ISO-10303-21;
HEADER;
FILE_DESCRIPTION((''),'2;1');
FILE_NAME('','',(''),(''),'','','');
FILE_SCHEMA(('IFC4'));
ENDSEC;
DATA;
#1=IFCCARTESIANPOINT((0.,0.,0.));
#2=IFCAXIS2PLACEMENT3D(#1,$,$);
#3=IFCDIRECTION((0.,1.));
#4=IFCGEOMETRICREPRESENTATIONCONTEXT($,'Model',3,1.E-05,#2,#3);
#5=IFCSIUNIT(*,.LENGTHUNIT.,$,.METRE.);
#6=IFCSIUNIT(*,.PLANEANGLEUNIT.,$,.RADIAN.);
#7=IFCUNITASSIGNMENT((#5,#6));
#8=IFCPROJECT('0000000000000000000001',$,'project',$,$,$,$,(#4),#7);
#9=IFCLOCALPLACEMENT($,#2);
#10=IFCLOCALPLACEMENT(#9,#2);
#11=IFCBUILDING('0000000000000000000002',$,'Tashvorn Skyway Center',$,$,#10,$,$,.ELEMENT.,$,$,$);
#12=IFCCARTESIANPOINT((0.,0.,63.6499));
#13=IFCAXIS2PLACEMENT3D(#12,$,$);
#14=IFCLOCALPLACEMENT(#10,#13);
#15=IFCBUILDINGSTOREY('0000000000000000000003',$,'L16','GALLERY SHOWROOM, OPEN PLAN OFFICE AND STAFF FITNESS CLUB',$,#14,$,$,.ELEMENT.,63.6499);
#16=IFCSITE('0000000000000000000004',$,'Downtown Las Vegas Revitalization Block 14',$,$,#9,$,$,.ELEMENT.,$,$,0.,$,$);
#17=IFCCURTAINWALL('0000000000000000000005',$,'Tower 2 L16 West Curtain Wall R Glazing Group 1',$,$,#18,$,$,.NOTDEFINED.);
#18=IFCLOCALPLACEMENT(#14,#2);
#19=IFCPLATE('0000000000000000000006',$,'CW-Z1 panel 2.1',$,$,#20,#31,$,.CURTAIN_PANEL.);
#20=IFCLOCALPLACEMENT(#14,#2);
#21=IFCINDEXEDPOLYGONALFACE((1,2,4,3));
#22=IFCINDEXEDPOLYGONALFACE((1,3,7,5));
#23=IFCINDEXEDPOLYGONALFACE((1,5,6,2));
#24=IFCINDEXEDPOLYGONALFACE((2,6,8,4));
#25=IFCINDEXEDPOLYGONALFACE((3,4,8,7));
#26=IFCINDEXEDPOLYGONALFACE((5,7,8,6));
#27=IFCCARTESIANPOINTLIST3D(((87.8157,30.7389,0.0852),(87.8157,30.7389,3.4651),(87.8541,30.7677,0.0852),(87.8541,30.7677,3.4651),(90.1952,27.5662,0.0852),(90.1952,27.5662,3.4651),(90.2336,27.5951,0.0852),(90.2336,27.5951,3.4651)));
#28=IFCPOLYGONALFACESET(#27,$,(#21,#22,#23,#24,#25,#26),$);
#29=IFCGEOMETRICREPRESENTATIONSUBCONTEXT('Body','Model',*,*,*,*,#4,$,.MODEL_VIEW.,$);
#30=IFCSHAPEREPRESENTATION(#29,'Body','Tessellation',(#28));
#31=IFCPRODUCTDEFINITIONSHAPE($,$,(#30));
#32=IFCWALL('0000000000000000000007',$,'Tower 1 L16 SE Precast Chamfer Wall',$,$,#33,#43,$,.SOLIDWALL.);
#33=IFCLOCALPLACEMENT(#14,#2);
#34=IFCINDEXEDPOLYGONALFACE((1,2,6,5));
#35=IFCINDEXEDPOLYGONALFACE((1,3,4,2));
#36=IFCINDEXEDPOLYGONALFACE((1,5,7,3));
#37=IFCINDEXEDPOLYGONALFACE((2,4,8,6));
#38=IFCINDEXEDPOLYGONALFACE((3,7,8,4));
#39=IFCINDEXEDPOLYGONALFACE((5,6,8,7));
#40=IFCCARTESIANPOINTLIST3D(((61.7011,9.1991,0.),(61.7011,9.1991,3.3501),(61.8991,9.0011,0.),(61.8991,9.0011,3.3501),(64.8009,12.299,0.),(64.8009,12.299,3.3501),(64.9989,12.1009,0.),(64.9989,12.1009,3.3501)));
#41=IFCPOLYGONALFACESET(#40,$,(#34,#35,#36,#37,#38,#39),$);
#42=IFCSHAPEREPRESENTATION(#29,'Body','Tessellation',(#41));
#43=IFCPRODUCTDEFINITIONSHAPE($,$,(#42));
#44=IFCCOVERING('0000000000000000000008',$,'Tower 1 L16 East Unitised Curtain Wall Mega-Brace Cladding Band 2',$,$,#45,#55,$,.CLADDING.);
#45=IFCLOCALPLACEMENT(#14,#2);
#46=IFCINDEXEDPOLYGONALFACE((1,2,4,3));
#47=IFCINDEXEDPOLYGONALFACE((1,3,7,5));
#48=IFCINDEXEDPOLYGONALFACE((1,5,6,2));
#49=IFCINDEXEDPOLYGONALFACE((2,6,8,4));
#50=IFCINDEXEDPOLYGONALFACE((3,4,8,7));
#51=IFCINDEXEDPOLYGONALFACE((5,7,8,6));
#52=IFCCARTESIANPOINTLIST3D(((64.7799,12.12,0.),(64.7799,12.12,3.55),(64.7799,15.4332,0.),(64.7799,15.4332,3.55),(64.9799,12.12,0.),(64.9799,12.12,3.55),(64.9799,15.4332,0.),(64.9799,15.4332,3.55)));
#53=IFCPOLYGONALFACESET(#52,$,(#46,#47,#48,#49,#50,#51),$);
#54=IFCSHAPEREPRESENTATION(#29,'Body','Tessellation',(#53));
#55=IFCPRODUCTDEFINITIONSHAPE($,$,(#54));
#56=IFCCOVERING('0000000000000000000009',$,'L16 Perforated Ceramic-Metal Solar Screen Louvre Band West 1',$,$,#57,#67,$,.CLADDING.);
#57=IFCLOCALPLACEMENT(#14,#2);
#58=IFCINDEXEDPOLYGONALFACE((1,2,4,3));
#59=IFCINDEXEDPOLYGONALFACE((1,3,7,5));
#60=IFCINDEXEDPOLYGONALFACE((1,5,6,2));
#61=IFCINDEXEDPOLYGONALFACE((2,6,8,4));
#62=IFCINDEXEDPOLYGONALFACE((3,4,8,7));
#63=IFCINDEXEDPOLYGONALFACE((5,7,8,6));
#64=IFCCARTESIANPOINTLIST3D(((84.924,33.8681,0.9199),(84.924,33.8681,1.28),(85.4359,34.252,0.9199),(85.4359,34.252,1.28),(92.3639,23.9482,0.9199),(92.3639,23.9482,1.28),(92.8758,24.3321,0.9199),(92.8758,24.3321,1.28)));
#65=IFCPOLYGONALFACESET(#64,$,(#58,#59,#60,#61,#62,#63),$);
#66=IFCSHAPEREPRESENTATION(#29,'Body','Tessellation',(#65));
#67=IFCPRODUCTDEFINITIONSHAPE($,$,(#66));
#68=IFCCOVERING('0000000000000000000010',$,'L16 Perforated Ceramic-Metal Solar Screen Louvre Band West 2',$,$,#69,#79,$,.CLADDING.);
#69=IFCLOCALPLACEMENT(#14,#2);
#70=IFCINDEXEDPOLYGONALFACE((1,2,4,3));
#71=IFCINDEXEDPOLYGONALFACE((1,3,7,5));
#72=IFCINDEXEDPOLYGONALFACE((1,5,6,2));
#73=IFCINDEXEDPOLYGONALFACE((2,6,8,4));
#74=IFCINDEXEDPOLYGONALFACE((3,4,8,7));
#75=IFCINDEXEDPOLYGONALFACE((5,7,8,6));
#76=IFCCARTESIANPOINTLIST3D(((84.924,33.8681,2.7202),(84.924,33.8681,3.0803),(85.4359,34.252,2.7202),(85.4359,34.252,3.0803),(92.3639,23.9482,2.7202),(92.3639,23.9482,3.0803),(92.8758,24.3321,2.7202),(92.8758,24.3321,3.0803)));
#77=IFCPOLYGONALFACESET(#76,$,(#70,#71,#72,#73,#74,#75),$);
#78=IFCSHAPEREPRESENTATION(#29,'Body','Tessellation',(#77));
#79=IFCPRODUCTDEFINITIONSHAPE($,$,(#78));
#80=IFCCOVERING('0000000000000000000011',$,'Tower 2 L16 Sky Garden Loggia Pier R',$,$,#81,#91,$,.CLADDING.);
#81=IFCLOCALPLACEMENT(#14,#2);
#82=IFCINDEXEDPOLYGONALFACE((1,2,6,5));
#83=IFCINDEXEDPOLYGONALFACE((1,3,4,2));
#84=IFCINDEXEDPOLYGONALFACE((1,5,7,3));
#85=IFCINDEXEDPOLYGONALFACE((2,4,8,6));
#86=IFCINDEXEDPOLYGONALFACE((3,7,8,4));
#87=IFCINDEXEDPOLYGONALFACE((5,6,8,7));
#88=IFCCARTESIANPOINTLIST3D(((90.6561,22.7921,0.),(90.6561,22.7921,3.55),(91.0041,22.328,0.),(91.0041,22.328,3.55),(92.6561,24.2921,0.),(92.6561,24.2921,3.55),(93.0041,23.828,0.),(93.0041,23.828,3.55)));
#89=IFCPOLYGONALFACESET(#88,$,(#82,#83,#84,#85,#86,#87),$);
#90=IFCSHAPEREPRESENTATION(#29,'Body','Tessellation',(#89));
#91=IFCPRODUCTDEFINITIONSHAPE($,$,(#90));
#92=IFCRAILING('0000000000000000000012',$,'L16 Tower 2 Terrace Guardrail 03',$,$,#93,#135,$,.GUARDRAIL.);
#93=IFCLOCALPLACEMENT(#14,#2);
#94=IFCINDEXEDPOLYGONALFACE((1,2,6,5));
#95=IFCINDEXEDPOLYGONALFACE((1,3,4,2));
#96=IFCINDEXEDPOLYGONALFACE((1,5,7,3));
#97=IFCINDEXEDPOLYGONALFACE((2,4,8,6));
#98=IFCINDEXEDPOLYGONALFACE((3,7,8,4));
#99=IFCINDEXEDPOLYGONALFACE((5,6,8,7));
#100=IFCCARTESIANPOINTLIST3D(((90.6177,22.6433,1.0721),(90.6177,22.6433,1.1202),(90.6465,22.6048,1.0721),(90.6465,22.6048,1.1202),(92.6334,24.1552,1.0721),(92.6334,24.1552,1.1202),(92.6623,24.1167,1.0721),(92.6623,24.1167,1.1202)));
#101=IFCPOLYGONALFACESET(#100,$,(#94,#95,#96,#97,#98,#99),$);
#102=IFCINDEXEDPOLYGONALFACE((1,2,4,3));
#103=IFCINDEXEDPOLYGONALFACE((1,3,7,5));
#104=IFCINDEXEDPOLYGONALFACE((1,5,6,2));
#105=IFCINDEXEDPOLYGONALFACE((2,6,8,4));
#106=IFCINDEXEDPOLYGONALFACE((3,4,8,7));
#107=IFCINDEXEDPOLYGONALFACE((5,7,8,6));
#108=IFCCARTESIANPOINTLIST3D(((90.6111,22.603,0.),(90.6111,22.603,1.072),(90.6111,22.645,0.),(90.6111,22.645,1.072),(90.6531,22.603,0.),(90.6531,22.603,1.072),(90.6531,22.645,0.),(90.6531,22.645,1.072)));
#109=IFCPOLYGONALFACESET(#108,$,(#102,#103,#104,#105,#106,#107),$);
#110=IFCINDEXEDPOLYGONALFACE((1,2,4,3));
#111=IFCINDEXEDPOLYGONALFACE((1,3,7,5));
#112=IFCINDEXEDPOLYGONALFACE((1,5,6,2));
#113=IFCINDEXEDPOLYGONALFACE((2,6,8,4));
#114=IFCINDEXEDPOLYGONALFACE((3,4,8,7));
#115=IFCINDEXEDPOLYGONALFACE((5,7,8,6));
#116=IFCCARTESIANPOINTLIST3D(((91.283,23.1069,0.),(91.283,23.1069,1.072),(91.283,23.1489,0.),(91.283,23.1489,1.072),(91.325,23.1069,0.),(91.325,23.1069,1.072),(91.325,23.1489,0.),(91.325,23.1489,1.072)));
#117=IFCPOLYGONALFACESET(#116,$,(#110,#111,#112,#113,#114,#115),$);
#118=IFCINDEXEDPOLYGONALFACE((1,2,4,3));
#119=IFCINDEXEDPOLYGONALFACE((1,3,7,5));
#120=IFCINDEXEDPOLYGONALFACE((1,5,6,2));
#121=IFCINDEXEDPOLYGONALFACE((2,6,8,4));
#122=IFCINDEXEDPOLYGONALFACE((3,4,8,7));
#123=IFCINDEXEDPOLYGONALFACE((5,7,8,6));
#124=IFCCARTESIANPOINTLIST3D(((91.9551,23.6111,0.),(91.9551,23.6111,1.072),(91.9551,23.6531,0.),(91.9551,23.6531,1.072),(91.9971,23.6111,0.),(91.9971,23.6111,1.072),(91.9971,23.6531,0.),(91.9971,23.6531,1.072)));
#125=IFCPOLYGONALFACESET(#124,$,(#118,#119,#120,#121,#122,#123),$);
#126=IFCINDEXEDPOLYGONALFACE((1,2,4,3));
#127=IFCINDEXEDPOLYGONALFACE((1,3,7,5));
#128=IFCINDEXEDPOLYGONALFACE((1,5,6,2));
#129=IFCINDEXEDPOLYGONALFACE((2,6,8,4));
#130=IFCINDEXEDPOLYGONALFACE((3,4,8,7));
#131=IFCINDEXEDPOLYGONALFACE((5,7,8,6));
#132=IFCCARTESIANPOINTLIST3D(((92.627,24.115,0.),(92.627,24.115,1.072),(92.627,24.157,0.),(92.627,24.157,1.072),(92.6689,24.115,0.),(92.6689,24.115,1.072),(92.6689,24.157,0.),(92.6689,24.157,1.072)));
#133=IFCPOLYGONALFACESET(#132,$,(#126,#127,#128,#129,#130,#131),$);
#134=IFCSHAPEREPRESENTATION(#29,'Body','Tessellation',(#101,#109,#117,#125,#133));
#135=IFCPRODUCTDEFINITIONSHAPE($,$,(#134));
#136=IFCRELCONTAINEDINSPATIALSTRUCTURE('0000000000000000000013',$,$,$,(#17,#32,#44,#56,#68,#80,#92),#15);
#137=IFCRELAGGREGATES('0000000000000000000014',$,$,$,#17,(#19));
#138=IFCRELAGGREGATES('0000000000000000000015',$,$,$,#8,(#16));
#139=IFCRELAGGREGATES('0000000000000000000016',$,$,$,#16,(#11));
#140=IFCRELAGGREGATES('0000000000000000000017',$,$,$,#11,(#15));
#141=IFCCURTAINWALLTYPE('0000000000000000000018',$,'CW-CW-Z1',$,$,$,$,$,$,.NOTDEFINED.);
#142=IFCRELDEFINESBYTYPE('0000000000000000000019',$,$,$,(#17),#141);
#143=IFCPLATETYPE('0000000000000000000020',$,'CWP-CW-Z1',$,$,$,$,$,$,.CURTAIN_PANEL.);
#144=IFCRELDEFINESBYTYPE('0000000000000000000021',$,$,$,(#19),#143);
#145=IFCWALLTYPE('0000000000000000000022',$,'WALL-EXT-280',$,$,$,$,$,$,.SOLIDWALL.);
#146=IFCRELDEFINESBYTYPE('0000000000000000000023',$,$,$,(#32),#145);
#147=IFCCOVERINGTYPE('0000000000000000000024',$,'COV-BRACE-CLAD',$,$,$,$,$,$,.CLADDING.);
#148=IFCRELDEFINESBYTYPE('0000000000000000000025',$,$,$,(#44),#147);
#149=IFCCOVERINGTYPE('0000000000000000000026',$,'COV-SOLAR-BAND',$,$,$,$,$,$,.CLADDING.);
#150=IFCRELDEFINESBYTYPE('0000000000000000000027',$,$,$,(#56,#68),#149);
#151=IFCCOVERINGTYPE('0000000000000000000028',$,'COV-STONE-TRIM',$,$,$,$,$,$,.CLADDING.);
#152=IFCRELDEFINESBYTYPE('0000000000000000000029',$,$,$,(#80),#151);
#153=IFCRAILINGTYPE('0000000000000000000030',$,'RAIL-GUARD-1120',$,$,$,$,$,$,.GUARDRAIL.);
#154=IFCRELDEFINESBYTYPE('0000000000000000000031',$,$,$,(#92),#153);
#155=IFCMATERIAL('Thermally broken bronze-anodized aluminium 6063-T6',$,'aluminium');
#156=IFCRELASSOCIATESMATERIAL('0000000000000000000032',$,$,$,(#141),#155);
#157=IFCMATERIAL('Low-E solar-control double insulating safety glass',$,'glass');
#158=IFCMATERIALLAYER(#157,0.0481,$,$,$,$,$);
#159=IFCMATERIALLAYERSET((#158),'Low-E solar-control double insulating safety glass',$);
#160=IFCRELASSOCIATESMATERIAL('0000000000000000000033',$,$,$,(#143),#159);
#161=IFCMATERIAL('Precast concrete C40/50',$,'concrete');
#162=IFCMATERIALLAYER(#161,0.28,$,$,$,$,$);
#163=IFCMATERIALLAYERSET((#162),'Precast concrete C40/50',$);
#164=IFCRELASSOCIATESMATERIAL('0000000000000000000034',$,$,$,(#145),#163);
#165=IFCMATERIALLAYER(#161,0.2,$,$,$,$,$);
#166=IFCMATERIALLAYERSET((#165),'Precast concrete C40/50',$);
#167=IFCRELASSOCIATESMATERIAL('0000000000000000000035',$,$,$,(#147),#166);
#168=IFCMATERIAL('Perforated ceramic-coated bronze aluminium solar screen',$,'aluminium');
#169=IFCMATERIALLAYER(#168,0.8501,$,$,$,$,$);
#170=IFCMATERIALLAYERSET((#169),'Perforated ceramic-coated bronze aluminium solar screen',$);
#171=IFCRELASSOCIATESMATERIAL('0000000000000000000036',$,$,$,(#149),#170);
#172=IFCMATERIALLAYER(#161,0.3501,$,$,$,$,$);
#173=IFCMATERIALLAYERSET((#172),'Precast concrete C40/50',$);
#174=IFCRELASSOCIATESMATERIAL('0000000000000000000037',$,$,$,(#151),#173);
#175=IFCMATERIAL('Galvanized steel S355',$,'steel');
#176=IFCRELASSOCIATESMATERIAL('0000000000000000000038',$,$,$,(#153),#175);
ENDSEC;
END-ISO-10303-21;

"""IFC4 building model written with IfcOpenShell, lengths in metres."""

from ifc_helpers import new_model, si_unit, direction, frame, frame_2d, origin, origin_2d, place, context, subcontext, project, spatial, rectangle, extrude, material, layer, layer_set, type_object, element, aggregate, save


model = new_model("IFC4")

# Units and contexts
model_context = context("Model", 3, precision=1e-05, world=origin(), true_north=direction((0.0, 1.0)))
body_context = subcontext(model_context, "Body", "Model", "MODEL_VIEW")
ifc_project = project(units=[si_unit("LENGTHUNIT", "METRE"), si_unit("PLANEANGLEUNIT", "RADIAN")], contexts=[model_context])

# Site, building, storey
site_placement = place(None, origin())
site = spatial("IfcSite", under=ifc_project, at=site_placement, Name="Downtown Las Vegas Revitalization Block 14", CompositionType="ELEMENT", RefElevation=0.0)
building_placement = place(site_placement, origin())
building = spatial("IfcBuilding", under=site, at=building_placement, Name="Tashvorn Skyway Center", CompositionType="ELEMENT")
storey_placement = place(building_placement, frame((0.0, 0.0, 63.6499)))
storey = spatial("IfcBuildingStorey", under=building, at=storey_placement, Name="L16", Description="GALLERY SHOWROOM, OPEN PLAN OFFICE AND STAFF FITNESS CLUB", CompositionType="ELEMENT", Elevation=63.6499)

# Curtain wall
ifc_material_1 = material(Name="Thermally broken bronze-anodized aluminium 6063-T6", Category="aluminium")
curtain_wall_type = type_object("IfcCurtainWallType", Name="CW-CW-Z1", PredefinedType="NOTDEFINED", material=ifc_material_1)
curtain_wall_1_placement = place(storey_placement, origin())
curtain_wall_1 = element("IfcCurtainWall", 1, at=curtain_wall_1_placement, inside=storey, type_object=curtain_wall_type, Name="Tower 2 L16 West Curtain Wall R Glazing Group 1", PredefinedType="NOTDEFINED")

# Plate
ifc_material_2 = material(Name="Low-E solar-control double insulating safety glass", Category="glass")
ifc_layer_1 = layer(ifc_material_2, 0.0481)
ifc_layer_set_1 = layer_set([ifc_layer_1], Name="Low-E solar-control double insulating safety glass")
plate_type = type_object("IfcPlateType", Name="CWP-CW-Z1", PredefinedType="CURTAIN_PANEL", material=ifc_layer_set_1)
plate_1_placement = place(storey_placement, frame((89.0247, 29.167, 0.0852), z_axis=(0.0, 0.0, 1.0), x_axis=(-0.600002, 0.799999, 0.0)))
plate_1 = element("IfcPlate", 2, at=plate_1_placement, type_object=plate_type, Name="CW-Z1 panel 2.1", PredefinedType="CURTAIN_PANEL", context=body_context, shape_type="SweptSolid", body=[
    extrude(rectangle(XDim=3.9658, YDim=0.0481, at=origin_2d()), origin(), (0.0, 0.0, 1.0), 3.3799),
])
aggregate(curtain_wall_1, [plate_1])

# Wall
ifc_material_3 = material(Name="Precast concrete C40/50", Category="concrete")
ifc_layer_2 = layer(ifc_material_3, 0.28)
ifc_layer_set_2 = layer_set([ifc_layer_2], Name="Precast concrete C40/50")
wall_type = type_object("IfcWallType", Name="WALL-EXT-280", PredefinedType="SOLIDWALL", material=ifc_layer_set_2)
wall_placement = place(storey_placement, frame((64.8999, 12.2, 0.0), z_axis=(0.0, 0.0, 1.0), x_axis=(-0.707107, -0.707107, 0.0)))
element("IfcWall", 3, at=wall_placement, inside=storey, type_object=wall_type, Name="Tower 1 L16 SE Precast Chamfer Wall", PredefinedType="SOLIDWALL", context=body_context, shape_type="SweptSolid", body=[
    extrude(rectangle(XDim=4.3838, YDim=0.28, at=frame_2d((2.1919, 0.0))), origin(), (0.0, 0.0, 1.0), 3.3501),
])

# Coverings
ifc_layer_3 = layer(ifc_material_3, 0.2)
ifc_layer_set_3 = layer_set([ifc_layer_3], Name="Precast concrete C40/50")
covering_type_1 = type_object("IfcCoveringType", Name="COV-BRACE-CLAD", PredefinedType="CLADDING", material=ifc_layer_set_3)
covering_1_placement = place(storey_placement, frame((64.8799, 13.7766, 0.0), z_axis=(0.0, 0.0, 1.0), x_axis=(0.0, -1.0, 0.0)))
element("IfcCovering", 4, at=covering_1_placement, inside=storey, type_object=covering_type_1, Name="Tower 1 L16 East Unitised Curtain Wall Mega-Brace Cladding Band 2", PredefinedType="CLADDING", context=body_context, shape_type="SweptSolid", body=[
    extrude(rectangle(XDim=3.3132, YDim=0.2, at=origin_2d()), origin(), (0.0, 0.0, 1.0), 3.55),
])
ifc_material_4 = material(Name="Perforated ceramic-coated bronze aluminium solar screen", Category="aluminium")
ifc_layer_4 = layer(ifc_material_4, 0.8501)
ifc_layer_set_4 = layer_set([ifc_layer_4], Name="Perforated ceramic-coated bronze aluminium solar screen")
covering_type_2 = type_object("IfcCoveringType", Name="COV-SOLAR-BAND", PredefinedType="CLADDING", material=ifc_layer_set_4)
for number, where, z_axis, x_axis, name in (
    (5, (88.8999, 29.1001, 0.9199), (0.0, 0.0, 1.0), (-0.6, 0.8, 0.0), "L16 Perforated Ceramic-Metal Solar Screen Louvre Band West 1"),
    (6, (88.8999, 29.1001, 2.7202), (0.0, 0.0, 1.0), (-0.6, 0.8, 0.0), "L16 Perforated Ceramic-Metal Solar Screen Louvre Band West 2"),
):
    element("IfcCovering", number, at=place(storey_placement, frame(where, z_axis=z_axis, x_axis=x_axis)), inside=storey, type_object=covering_type_2, Name=name, PredefinedType="CLADDING", context=body_context, shape_type="SweptSolid", body=[
        extrude(rectangle(XDim=12.3999, YDim=0.6399, at=origin_2d()), origin(), (0.0, 0.0, 1.0), 0.3601),
    ])
ifc_layer_5 = layer(ifc_material_3, 0.3501)
ifc_layer_set_5 = layer_set([ifc_layer_5], Name="Precast concrete C40/50")
covering_type_3 = type_object("IfcCoveringType", Name="COV-STONE-TRIM", PredefinedType="CLADDING", material=ifc_layer_set_5)
covering_2_placement = place(storey_placement, frame((91.8301, 23.3101, 0.0), z_axis=(0.0, 0.0, 1.0), x_axis=(-0.6, 0.8, 0.0)))
element("IfcCovering", 7, at=covering_2_placement, inside=storey, type_object=covering_type_3, Name="Tower 2 L16 Sky Garden Loggia Pier R", PredefinedType="CLADDING", context=body_context, shape_type="SweptSolid", body=[
    extrude(rectangle(XDim=0.5801, YDim=2.5, at=origin_2d()), origin(), (0.0, 0.0, 1.0), 3.55),
])

# Railing
ifc_material_5 = material(Name="Galvanized steel S355", Category="steel")
railing_type = type_object("IfcRailingType", Name="RAIL-GUARD-1120", PredefinedType="GUARDRAIL", material=ifc_material_5)
railing_placement = place(storey_placement, frame((90.6321, 22.624, 0.0)))
element("IfcRailing", 8, at=railing_placement, inside=storey, type_object=railing_type, Name="L16 Tower 2 Terrace Guardrail 03", PredefinedType="GUARDRAIL", context=body_context, shape_type="SweptSolid", body=[
    extrude(rectangle(XDim=0.0481, YDim=0.0481, at=origin_2d()), frame((0.0, 0.0, 1.0962), z_axis=(0.799988, 0.600016, 0.0), x_axis=(-0.600016, 0.799988, 0.0)), (0.0, 0.0, 1.0), 2.5198),
    extrude(rectangle(XDim=0.042, YDim=0.042, at=origin_2d()), origin(), (0.0, 0.0, 1.0), 1.072),
    extrude(rectangle(XDim=0.042, YDim=0.042, at=origin_2d()), frame((0.6719, 0.5039, 0.0)), (0.0, 0.0, 1.0), 1.072),
    extrude(rectangle(XDim=0.042, YDim=0.042, at=origin_2d()), frame((1.344, 1.0081, 0.0)), (0.0, 0.0, 1.0), 1.072),
    extrude(rectangle(XDim=0.042, YDim=0.042, at=origin_2d()), frame((2.0159, 1.512, 0.0)), (0.0, 0.0, 1.0), 1.072),
])

save(model, "model.ifc")
